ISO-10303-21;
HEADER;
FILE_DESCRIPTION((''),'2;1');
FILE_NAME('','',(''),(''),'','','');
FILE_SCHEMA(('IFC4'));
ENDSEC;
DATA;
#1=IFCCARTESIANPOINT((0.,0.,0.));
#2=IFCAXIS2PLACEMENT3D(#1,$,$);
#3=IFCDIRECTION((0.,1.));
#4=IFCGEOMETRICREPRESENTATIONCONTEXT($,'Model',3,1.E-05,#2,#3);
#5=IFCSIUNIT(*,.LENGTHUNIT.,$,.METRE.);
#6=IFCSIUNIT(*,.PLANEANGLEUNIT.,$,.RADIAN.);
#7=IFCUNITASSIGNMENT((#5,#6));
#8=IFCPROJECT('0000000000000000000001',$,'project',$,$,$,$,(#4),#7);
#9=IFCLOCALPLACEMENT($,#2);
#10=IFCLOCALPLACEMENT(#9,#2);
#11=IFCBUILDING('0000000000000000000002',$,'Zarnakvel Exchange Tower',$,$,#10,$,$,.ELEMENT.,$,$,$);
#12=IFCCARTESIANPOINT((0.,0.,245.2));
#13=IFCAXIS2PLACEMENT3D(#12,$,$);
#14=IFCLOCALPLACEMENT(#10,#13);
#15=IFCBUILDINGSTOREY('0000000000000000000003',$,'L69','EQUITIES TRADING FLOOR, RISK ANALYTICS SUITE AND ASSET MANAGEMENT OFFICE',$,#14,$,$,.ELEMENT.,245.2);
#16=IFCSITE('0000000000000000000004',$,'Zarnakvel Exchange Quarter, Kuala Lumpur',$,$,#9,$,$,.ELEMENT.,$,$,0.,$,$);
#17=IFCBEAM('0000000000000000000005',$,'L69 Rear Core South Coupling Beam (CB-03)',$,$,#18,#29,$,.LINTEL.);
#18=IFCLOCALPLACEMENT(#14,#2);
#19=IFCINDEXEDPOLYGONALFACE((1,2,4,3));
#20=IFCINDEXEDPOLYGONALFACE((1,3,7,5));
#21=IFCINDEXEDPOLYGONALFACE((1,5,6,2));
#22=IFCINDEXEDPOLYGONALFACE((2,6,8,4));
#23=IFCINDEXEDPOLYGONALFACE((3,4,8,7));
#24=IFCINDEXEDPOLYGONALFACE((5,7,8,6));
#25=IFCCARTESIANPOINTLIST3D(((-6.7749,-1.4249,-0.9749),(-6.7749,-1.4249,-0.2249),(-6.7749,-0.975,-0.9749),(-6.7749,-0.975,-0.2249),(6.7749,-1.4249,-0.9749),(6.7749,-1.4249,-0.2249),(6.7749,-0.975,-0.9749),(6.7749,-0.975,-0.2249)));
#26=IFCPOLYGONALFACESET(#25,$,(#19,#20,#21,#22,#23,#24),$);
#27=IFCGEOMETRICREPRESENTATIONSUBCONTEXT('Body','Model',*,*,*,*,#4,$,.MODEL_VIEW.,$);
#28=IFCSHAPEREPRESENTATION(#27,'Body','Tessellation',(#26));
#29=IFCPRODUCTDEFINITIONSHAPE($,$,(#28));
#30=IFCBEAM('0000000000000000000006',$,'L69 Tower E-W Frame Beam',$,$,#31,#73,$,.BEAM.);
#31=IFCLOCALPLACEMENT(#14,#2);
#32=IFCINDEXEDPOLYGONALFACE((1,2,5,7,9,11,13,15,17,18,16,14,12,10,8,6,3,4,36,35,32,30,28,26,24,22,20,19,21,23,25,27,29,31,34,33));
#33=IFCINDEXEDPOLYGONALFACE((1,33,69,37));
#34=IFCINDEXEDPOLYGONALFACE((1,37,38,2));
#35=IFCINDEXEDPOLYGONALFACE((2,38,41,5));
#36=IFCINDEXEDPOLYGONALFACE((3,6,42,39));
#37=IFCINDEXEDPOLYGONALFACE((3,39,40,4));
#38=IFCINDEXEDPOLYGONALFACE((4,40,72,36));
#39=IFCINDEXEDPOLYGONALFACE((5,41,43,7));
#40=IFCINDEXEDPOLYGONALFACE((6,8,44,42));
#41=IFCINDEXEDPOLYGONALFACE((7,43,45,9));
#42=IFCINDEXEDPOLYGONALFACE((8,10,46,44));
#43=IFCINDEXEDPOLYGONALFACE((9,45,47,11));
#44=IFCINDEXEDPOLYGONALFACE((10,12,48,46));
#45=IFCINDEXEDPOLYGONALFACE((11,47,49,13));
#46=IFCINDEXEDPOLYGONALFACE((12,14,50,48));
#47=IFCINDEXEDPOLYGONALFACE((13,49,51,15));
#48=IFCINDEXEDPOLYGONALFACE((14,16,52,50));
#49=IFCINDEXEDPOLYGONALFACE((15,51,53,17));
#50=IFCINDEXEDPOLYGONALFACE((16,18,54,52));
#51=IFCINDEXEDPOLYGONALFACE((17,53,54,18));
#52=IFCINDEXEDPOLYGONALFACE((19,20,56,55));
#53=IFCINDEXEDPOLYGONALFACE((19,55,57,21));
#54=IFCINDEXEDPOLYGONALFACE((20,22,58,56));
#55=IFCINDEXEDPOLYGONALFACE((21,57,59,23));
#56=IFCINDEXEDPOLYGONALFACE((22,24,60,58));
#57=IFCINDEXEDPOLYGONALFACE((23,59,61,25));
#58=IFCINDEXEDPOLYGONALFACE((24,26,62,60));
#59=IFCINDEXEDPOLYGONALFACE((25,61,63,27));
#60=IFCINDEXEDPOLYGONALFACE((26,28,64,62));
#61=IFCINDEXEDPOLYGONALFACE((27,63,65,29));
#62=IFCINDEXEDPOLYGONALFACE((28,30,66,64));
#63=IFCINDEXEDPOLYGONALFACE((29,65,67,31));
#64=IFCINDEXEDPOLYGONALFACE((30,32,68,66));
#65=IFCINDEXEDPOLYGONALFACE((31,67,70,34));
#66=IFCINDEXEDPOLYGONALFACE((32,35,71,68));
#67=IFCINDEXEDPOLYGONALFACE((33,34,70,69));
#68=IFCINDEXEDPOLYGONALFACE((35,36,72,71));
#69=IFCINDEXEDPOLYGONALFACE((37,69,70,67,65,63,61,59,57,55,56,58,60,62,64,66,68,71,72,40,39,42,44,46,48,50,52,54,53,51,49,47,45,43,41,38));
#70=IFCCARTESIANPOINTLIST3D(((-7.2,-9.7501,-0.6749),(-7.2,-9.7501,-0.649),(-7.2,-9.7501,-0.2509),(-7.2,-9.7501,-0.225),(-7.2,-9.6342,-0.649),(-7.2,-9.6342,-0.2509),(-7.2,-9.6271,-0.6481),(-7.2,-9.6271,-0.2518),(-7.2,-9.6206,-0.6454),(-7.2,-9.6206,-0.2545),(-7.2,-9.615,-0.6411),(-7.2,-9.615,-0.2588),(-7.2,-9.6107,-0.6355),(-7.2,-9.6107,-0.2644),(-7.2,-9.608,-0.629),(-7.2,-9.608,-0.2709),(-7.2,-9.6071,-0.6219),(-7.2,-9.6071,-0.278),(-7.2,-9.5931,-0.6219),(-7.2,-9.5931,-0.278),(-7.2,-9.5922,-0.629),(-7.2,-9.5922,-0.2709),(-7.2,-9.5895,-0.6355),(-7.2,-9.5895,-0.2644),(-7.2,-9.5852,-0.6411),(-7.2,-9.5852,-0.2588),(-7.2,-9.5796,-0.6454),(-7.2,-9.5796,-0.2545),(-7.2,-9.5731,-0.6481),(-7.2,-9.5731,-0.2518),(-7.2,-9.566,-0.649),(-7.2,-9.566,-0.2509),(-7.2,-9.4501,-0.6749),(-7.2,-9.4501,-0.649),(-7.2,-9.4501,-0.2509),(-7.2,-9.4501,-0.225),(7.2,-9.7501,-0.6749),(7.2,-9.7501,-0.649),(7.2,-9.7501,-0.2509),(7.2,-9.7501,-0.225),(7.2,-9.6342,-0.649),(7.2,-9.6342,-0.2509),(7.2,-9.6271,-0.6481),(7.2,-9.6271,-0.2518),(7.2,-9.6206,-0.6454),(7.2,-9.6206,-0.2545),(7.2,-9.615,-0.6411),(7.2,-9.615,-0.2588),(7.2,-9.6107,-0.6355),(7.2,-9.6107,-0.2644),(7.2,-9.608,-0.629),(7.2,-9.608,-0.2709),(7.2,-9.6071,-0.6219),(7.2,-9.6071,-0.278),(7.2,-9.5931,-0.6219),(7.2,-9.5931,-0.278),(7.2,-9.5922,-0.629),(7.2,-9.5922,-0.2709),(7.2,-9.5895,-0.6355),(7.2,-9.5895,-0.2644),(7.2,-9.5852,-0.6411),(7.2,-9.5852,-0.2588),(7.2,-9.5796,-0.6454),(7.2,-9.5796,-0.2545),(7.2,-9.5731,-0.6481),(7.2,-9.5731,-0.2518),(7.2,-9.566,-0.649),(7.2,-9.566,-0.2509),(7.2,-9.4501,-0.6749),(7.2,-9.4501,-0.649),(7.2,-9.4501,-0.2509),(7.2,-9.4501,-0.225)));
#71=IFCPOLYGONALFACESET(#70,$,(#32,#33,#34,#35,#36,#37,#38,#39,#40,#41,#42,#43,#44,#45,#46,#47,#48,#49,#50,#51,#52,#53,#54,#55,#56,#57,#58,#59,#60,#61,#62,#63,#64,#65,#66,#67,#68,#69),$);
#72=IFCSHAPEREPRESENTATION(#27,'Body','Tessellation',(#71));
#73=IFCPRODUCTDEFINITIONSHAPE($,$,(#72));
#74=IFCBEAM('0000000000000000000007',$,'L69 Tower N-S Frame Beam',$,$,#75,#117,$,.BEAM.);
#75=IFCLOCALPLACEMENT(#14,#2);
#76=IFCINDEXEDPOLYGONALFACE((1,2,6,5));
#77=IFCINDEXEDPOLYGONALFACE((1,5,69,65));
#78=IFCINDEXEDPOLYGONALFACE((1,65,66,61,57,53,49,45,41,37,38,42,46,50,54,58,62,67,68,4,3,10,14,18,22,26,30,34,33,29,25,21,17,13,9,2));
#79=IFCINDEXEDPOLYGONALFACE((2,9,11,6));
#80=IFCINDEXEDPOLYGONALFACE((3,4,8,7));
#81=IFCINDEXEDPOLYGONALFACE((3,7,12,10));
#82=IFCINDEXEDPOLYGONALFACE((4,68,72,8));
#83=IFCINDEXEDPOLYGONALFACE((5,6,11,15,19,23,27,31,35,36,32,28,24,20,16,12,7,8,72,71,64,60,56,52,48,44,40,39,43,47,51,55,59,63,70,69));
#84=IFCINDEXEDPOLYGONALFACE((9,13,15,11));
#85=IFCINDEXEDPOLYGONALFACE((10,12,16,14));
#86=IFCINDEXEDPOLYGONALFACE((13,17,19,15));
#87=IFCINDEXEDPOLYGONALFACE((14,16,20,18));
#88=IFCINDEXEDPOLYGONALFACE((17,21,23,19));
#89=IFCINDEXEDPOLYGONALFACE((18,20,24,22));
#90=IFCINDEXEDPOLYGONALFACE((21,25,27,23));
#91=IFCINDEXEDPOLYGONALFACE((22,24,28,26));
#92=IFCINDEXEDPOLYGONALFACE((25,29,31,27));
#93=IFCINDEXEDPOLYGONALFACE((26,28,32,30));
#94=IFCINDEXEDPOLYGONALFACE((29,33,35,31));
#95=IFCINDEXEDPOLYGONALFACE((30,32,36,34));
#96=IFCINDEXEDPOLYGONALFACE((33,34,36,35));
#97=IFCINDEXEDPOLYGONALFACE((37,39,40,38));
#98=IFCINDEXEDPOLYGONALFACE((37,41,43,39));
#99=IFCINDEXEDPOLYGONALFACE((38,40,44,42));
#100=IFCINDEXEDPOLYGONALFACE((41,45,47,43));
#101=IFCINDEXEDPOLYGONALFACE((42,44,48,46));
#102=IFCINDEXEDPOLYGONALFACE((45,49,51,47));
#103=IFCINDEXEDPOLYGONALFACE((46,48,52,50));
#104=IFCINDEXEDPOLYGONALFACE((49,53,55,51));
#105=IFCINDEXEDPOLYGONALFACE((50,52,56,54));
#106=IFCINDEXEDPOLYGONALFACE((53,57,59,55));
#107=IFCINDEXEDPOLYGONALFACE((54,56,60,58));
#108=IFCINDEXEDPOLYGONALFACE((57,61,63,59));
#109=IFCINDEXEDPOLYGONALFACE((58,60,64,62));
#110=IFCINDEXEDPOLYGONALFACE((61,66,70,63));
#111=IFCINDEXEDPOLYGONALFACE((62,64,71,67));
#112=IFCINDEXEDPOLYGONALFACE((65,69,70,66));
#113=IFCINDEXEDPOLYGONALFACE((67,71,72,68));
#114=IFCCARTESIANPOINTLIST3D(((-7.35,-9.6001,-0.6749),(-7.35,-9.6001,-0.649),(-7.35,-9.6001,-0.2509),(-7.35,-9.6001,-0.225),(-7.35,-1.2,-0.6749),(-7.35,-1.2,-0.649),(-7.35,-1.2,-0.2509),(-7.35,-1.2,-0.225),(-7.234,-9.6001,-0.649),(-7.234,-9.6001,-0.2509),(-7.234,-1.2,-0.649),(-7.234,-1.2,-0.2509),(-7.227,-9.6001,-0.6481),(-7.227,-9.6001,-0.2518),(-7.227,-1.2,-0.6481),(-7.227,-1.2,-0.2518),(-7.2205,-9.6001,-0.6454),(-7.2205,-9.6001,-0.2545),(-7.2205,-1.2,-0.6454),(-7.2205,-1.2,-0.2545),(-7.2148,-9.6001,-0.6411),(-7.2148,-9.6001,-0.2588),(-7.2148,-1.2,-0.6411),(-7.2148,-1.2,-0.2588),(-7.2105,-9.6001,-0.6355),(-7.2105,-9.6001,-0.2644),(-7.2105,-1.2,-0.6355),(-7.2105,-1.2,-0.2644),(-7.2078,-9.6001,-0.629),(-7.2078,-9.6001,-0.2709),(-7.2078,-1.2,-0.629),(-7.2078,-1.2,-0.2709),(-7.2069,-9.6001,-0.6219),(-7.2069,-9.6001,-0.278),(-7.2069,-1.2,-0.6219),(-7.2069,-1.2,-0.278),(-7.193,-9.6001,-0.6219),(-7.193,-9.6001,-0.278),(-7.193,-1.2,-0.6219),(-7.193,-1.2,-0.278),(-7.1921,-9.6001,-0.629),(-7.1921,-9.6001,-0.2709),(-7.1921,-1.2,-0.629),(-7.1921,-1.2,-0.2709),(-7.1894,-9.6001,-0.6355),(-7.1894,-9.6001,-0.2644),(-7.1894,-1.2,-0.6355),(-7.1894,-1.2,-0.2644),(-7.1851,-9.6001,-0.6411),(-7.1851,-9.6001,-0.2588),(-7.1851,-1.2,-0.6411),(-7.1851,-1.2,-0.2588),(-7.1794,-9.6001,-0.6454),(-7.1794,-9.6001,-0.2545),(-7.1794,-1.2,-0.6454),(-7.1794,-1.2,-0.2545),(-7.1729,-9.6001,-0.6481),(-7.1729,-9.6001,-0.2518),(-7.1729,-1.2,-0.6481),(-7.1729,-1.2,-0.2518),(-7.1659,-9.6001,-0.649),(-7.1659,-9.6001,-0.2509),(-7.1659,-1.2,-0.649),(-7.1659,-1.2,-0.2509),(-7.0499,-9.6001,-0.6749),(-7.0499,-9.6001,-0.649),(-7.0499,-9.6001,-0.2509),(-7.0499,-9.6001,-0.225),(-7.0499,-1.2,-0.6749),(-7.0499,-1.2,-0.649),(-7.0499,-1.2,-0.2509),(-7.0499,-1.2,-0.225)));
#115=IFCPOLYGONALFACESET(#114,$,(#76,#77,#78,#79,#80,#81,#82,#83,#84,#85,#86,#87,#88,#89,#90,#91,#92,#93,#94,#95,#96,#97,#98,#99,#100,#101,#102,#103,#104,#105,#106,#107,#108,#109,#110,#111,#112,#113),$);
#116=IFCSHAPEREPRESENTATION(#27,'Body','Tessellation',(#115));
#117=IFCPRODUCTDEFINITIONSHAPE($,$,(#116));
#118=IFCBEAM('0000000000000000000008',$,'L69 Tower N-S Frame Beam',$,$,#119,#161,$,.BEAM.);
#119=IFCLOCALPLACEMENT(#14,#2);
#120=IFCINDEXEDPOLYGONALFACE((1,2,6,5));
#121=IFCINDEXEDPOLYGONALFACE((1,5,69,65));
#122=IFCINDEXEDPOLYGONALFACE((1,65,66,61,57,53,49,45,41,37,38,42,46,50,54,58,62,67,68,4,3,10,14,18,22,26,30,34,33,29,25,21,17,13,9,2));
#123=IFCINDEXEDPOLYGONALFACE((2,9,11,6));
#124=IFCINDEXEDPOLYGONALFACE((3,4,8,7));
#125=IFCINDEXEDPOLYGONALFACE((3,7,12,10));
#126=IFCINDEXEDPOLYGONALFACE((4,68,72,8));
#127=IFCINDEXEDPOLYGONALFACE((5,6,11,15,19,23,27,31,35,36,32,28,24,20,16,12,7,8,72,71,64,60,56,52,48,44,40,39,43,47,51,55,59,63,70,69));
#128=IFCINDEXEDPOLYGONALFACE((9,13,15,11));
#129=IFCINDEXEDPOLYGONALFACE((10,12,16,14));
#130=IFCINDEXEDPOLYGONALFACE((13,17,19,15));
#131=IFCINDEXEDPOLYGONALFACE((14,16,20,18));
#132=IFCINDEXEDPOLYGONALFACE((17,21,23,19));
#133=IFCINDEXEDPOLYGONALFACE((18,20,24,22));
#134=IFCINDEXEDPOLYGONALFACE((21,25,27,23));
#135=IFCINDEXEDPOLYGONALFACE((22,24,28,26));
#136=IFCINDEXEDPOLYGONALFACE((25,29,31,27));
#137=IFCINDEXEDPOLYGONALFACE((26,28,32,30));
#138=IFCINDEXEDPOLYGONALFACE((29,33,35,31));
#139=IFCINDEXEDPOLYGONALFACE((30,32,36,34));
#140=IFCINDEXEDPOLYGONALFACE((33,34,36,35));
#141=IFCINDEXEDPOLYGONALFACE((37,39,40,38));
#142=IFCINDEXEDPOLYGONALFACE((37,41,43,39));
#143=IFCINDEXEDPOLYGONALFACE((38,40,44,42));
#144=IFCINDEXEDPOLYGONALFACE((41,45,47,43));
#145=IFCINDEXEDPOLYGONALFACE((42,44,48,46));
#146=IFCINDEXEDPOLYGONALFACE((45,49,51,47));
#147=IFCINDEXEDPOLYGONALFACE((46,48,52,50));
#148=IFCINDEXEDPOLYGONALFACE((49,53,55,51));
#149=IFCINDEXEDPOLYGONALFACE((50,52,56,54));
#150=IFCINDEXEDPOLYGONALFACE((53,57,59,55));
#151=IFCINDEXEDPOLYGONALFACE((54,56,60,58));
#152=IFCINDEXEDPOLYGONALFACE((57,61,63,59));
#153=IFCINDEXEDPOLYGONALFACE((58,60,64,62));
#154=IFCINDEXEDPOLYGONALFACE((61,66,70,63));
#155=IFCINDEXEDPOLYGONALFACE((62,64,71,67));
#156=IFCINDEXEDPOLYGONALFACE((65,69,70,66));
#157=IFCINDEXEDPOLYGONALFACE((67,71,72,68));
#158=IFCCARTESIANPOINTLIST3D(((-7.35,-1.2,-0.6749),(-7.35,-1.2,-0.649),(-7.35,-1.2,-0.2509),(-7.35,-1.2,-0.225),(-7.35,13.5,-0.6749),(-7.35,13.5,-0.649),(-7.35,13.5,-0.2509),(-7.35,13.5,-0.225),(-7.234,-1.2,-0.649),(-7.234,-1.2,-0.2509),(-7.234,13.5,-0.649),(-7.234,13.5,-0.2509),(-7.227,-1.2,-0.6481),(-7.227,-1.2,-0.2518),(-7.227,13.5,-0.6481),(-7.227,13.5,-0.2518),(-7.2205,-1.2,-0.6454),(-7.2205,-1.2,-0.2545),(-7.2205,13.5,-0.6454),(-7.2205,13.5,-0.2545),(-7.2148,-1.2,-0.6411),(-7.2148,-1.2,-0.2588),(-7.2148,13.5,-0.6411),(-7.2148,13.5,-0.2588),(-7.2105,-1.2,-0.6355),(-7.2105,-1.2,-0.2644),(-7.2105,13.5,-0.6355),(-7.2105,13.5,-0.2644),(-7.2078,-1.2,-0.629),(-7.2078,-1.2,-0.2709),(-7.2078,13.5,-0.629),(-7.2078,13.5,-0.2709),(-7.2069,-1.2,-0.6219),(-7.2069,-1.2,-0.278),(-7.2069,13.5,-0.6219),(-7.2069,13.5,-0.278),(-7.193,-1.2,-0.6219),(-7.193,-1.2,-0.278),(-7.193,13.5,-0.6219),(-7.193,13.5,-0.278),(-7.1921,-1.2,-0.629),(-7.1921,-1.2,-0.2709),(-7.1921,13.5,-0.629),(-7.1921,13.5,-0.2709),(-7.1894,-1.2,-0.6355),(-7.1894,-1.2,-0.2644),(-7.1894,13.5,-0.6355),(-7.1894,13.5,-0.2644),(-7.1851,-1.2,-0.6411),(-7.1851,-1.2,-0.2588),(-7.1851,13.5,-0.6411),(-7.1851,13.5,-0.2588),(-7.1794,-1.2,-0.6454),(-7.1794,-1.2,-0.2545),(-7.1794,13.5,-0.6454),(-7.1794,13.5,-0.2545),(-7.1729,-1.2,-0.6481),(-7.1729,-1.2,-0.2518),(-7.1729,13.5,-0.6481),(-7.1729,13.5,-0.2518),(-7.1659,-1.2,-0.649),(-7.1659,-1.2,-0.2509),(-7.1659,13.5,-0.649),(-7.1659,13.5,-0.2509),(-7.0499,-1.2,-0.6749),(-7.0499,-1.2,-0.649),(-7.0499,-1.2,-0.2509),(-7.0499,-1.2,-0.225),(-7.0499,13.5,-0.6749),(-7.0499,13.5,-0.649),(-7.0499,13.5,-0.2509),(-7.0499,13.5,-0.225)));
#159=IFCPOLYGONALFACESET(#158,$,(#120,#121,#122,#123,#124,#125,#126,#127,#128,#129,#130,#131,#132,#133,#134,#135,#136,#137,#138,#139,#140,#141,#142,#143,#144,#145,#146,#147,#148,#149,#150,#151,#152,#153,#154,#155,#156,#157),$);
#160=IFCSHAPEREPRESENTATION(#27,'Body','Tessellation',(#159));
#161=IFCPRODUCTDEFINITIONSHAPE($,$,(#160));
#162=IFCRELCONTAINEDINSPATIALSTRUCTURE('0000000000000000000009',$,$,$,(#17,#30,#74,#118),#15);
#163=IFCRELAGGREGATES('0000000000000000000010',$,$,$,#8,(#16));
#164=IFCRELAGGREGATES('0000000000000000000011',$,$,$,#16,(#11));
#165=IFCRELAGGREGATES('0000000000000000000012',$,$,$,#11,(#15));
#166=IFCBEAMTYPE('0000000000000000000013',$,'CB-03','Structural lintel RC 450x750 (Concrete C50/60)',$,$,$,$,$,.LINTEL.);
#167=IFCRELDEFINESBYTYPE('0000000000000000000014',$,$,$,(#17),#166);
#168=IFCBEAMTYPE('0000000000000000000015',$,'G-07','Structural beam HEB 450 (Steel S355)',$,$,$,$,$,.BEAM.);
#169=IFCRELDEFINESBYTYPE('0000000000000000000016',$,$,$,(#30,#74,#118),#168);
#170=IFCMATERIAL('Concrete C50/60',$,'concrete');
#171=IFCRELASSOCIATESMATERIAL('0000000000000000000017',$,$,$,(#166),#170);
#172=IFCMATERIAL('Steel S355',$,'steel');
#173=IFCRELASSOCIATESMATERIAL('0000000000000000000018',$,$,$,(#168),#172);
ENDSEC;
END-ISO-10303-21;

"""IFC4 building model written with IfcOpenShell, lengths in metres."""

from ifc_helpers import new_model, si_unit, direction, frame, origin, origin_2d, place, context, subcontext, project, spatial, rectangle, i_section, extrude, material, material_profile, profile_set, type_object, element, save


model = new_model("IFC4")

# Units and contexts
model_context = context("Model", 3, precision=1e-05, world=origin(), true_north=direction((0.0, 1.0)))
body_context = subcontext(model_context, "Body", "Model", "MODEL_VIEW")
ifc_project = project(units=[si_unit("LENGTHUNIT", "METRE"), si_unit("PLANEANGLEUNIT", "RADIAN")], contexts=[model_context])

# Site, building, storey
site_placement = place(None, origin())
site = spatial("IfcSite", under=ifc_project, at=site_placement, Name="Zarnakvel Exchange Quarter, Kuala Lumpur", CompositionType="ELEMENT", RefElevation=0.0)
building_placement = place(site_placement, origin())
building = spatial("IfcBuilding", under=site, at=building_placement, Name="Zarnakvel Exchange Tower", CompositionType="ELEMENT")
storey_placement = place(building_placement, frame((0.0, 0.0, 245.2)))
storey = spatial("IfcBuildingStorey", under=building, at=storey_placement, Name="L69", Description="EQUITIES TRADING FLOOR, RISK ANALYTICS SUITE AND ASSET MANAGEMENT OFFICE", CompositionType="ELEMENT", Elevation=245.2)

# Shared definitions
ifc_material_1 = material(Name="Concrete C50/60", Category="concrete")

# Beams
ifc_material_2 = material(Name="Steel S355", Category="steel")
ifc_material_profile_1 = material_profile(ifc_material_1, rectangle(XDim=0.45, YDim=0.75, at=origin_2d()))
ifc_profile_set_1 = profile_set([ifc_material_profile_1], Name="Concrete C50/60")
beam_type_1 = type_object("IfcBeamType", Name="CB-03", Description="Structural lintel RC 450x750 (Concrete C50/60)", PredefinedType="LINTEL", material=ifc_profile_set_1)
beam_1_placement = place(storey_placement, frame((-6.7749, -1.2, -0.5999), z_axis=(1.0, 0.0, 0.0), x_axis=(0.0, 1.0, 0.0)))
element("IfcBeam", 1, at=beam_1_placement, inside=storey, type_object=beam_type_1, Name="L69 Rear Core South Coupling Beam (CB-03)", PredefinedType="LINTEL", context=body_context, shape_type="SweptSolid", body=[
    extrude(rectangle(XDim=0.45, YDim=0.75, at=origin_2d()), origin(), (0.0, 0.0, 1.0), 13.5498),
])
ifc_material_profile_2 = material_profile(ifc_material_2, i_section(OverallWidth=0.3, OverallDepth=0.45, WebThickness=0.0139, FlangeThickness=0.0259, FilletRadius=0.0271, at=origin_2d()))
ifc_profile_set_2 = profile_set([ifc_material_profile_2], Name="Steel S355")
beam_type_2 = type_object("IfcBeamType", Name="G-07", Description="Structural beam HEB 450 (Steel S355)", PredefinedType="BEAM", material=ifc_profile_set_2)
beam_2_placement = place(storey_placement, frame((-7.2, -9.6001, -0.45), z_axis=(1.0, 0.0, 0.0), x_axis=(0.0, 1.0, 0.0)))
element("IfcBeam", 2, at=beam_2_placement, inside=storey, type_object=beam_type_2, Name="L69 Tower E-W Frame Beam", PredefinedType="BEAM", context=body_context, shape_type="SweptSolid", body=[
    extrude(i_section(OverallWidth=0.3, OverallDepth=0.45, WebThickness=0.0139, FlangeThickness=0.0259, FilletRadius=0.0271, at=origin_2d()), origin(), (0.0, 0.0, 1.0), 14.3999),
])
beam_3_placement = place(storey_placement, frame((-7.2, -9.6001, -0.45), z_axis=(0.0, 1.0, 0.0), x_axis=(-1.0, 0.0, 0.0)))
element("IfcBeam", 3, at=beam_3_placement, inside=storey, type_object=beam_type_2, Name="L69 Tower N-S Frame Beam", PredefinedType="BEAM", context=body_context, shape_type="SweptSolid", body=[
    extrude(i_section(OverallWidth=0.3, OverallDepth=0.45, WebThickness=0.0139, FlangeThickness=0.0259, FilletRadius=0.0271, at=origin_2d()), origin(), (0.0, 0.0, 1.0), 8.4001),
])
beam_4_placement = place(storey_placement, frame((-7.2, -1.2, -0.45), z_axis=(0.0, 1.0, 0.0), x_axis=(-1.0, 0.0, 0.0)))
element("IfcBeam", 4, at=beam_4_placement, inside=storey, type_object=beam_type_2, Name="L69 Tower N-S Frame Beam", PredefinedType="BEAM", context=body_context, shape_type="SweptSolid", body=[
    extrude(i_section(OverallWidth=0.3, OverallDepth=0.45, WebThickness=0.0139, FlangeThickness=0.0259, FilletRadius=0.0271, at=origin_2d()), origin(), (0.0, 0.0, 1.0), 14.7),
])

save(model, "model.ifc")
